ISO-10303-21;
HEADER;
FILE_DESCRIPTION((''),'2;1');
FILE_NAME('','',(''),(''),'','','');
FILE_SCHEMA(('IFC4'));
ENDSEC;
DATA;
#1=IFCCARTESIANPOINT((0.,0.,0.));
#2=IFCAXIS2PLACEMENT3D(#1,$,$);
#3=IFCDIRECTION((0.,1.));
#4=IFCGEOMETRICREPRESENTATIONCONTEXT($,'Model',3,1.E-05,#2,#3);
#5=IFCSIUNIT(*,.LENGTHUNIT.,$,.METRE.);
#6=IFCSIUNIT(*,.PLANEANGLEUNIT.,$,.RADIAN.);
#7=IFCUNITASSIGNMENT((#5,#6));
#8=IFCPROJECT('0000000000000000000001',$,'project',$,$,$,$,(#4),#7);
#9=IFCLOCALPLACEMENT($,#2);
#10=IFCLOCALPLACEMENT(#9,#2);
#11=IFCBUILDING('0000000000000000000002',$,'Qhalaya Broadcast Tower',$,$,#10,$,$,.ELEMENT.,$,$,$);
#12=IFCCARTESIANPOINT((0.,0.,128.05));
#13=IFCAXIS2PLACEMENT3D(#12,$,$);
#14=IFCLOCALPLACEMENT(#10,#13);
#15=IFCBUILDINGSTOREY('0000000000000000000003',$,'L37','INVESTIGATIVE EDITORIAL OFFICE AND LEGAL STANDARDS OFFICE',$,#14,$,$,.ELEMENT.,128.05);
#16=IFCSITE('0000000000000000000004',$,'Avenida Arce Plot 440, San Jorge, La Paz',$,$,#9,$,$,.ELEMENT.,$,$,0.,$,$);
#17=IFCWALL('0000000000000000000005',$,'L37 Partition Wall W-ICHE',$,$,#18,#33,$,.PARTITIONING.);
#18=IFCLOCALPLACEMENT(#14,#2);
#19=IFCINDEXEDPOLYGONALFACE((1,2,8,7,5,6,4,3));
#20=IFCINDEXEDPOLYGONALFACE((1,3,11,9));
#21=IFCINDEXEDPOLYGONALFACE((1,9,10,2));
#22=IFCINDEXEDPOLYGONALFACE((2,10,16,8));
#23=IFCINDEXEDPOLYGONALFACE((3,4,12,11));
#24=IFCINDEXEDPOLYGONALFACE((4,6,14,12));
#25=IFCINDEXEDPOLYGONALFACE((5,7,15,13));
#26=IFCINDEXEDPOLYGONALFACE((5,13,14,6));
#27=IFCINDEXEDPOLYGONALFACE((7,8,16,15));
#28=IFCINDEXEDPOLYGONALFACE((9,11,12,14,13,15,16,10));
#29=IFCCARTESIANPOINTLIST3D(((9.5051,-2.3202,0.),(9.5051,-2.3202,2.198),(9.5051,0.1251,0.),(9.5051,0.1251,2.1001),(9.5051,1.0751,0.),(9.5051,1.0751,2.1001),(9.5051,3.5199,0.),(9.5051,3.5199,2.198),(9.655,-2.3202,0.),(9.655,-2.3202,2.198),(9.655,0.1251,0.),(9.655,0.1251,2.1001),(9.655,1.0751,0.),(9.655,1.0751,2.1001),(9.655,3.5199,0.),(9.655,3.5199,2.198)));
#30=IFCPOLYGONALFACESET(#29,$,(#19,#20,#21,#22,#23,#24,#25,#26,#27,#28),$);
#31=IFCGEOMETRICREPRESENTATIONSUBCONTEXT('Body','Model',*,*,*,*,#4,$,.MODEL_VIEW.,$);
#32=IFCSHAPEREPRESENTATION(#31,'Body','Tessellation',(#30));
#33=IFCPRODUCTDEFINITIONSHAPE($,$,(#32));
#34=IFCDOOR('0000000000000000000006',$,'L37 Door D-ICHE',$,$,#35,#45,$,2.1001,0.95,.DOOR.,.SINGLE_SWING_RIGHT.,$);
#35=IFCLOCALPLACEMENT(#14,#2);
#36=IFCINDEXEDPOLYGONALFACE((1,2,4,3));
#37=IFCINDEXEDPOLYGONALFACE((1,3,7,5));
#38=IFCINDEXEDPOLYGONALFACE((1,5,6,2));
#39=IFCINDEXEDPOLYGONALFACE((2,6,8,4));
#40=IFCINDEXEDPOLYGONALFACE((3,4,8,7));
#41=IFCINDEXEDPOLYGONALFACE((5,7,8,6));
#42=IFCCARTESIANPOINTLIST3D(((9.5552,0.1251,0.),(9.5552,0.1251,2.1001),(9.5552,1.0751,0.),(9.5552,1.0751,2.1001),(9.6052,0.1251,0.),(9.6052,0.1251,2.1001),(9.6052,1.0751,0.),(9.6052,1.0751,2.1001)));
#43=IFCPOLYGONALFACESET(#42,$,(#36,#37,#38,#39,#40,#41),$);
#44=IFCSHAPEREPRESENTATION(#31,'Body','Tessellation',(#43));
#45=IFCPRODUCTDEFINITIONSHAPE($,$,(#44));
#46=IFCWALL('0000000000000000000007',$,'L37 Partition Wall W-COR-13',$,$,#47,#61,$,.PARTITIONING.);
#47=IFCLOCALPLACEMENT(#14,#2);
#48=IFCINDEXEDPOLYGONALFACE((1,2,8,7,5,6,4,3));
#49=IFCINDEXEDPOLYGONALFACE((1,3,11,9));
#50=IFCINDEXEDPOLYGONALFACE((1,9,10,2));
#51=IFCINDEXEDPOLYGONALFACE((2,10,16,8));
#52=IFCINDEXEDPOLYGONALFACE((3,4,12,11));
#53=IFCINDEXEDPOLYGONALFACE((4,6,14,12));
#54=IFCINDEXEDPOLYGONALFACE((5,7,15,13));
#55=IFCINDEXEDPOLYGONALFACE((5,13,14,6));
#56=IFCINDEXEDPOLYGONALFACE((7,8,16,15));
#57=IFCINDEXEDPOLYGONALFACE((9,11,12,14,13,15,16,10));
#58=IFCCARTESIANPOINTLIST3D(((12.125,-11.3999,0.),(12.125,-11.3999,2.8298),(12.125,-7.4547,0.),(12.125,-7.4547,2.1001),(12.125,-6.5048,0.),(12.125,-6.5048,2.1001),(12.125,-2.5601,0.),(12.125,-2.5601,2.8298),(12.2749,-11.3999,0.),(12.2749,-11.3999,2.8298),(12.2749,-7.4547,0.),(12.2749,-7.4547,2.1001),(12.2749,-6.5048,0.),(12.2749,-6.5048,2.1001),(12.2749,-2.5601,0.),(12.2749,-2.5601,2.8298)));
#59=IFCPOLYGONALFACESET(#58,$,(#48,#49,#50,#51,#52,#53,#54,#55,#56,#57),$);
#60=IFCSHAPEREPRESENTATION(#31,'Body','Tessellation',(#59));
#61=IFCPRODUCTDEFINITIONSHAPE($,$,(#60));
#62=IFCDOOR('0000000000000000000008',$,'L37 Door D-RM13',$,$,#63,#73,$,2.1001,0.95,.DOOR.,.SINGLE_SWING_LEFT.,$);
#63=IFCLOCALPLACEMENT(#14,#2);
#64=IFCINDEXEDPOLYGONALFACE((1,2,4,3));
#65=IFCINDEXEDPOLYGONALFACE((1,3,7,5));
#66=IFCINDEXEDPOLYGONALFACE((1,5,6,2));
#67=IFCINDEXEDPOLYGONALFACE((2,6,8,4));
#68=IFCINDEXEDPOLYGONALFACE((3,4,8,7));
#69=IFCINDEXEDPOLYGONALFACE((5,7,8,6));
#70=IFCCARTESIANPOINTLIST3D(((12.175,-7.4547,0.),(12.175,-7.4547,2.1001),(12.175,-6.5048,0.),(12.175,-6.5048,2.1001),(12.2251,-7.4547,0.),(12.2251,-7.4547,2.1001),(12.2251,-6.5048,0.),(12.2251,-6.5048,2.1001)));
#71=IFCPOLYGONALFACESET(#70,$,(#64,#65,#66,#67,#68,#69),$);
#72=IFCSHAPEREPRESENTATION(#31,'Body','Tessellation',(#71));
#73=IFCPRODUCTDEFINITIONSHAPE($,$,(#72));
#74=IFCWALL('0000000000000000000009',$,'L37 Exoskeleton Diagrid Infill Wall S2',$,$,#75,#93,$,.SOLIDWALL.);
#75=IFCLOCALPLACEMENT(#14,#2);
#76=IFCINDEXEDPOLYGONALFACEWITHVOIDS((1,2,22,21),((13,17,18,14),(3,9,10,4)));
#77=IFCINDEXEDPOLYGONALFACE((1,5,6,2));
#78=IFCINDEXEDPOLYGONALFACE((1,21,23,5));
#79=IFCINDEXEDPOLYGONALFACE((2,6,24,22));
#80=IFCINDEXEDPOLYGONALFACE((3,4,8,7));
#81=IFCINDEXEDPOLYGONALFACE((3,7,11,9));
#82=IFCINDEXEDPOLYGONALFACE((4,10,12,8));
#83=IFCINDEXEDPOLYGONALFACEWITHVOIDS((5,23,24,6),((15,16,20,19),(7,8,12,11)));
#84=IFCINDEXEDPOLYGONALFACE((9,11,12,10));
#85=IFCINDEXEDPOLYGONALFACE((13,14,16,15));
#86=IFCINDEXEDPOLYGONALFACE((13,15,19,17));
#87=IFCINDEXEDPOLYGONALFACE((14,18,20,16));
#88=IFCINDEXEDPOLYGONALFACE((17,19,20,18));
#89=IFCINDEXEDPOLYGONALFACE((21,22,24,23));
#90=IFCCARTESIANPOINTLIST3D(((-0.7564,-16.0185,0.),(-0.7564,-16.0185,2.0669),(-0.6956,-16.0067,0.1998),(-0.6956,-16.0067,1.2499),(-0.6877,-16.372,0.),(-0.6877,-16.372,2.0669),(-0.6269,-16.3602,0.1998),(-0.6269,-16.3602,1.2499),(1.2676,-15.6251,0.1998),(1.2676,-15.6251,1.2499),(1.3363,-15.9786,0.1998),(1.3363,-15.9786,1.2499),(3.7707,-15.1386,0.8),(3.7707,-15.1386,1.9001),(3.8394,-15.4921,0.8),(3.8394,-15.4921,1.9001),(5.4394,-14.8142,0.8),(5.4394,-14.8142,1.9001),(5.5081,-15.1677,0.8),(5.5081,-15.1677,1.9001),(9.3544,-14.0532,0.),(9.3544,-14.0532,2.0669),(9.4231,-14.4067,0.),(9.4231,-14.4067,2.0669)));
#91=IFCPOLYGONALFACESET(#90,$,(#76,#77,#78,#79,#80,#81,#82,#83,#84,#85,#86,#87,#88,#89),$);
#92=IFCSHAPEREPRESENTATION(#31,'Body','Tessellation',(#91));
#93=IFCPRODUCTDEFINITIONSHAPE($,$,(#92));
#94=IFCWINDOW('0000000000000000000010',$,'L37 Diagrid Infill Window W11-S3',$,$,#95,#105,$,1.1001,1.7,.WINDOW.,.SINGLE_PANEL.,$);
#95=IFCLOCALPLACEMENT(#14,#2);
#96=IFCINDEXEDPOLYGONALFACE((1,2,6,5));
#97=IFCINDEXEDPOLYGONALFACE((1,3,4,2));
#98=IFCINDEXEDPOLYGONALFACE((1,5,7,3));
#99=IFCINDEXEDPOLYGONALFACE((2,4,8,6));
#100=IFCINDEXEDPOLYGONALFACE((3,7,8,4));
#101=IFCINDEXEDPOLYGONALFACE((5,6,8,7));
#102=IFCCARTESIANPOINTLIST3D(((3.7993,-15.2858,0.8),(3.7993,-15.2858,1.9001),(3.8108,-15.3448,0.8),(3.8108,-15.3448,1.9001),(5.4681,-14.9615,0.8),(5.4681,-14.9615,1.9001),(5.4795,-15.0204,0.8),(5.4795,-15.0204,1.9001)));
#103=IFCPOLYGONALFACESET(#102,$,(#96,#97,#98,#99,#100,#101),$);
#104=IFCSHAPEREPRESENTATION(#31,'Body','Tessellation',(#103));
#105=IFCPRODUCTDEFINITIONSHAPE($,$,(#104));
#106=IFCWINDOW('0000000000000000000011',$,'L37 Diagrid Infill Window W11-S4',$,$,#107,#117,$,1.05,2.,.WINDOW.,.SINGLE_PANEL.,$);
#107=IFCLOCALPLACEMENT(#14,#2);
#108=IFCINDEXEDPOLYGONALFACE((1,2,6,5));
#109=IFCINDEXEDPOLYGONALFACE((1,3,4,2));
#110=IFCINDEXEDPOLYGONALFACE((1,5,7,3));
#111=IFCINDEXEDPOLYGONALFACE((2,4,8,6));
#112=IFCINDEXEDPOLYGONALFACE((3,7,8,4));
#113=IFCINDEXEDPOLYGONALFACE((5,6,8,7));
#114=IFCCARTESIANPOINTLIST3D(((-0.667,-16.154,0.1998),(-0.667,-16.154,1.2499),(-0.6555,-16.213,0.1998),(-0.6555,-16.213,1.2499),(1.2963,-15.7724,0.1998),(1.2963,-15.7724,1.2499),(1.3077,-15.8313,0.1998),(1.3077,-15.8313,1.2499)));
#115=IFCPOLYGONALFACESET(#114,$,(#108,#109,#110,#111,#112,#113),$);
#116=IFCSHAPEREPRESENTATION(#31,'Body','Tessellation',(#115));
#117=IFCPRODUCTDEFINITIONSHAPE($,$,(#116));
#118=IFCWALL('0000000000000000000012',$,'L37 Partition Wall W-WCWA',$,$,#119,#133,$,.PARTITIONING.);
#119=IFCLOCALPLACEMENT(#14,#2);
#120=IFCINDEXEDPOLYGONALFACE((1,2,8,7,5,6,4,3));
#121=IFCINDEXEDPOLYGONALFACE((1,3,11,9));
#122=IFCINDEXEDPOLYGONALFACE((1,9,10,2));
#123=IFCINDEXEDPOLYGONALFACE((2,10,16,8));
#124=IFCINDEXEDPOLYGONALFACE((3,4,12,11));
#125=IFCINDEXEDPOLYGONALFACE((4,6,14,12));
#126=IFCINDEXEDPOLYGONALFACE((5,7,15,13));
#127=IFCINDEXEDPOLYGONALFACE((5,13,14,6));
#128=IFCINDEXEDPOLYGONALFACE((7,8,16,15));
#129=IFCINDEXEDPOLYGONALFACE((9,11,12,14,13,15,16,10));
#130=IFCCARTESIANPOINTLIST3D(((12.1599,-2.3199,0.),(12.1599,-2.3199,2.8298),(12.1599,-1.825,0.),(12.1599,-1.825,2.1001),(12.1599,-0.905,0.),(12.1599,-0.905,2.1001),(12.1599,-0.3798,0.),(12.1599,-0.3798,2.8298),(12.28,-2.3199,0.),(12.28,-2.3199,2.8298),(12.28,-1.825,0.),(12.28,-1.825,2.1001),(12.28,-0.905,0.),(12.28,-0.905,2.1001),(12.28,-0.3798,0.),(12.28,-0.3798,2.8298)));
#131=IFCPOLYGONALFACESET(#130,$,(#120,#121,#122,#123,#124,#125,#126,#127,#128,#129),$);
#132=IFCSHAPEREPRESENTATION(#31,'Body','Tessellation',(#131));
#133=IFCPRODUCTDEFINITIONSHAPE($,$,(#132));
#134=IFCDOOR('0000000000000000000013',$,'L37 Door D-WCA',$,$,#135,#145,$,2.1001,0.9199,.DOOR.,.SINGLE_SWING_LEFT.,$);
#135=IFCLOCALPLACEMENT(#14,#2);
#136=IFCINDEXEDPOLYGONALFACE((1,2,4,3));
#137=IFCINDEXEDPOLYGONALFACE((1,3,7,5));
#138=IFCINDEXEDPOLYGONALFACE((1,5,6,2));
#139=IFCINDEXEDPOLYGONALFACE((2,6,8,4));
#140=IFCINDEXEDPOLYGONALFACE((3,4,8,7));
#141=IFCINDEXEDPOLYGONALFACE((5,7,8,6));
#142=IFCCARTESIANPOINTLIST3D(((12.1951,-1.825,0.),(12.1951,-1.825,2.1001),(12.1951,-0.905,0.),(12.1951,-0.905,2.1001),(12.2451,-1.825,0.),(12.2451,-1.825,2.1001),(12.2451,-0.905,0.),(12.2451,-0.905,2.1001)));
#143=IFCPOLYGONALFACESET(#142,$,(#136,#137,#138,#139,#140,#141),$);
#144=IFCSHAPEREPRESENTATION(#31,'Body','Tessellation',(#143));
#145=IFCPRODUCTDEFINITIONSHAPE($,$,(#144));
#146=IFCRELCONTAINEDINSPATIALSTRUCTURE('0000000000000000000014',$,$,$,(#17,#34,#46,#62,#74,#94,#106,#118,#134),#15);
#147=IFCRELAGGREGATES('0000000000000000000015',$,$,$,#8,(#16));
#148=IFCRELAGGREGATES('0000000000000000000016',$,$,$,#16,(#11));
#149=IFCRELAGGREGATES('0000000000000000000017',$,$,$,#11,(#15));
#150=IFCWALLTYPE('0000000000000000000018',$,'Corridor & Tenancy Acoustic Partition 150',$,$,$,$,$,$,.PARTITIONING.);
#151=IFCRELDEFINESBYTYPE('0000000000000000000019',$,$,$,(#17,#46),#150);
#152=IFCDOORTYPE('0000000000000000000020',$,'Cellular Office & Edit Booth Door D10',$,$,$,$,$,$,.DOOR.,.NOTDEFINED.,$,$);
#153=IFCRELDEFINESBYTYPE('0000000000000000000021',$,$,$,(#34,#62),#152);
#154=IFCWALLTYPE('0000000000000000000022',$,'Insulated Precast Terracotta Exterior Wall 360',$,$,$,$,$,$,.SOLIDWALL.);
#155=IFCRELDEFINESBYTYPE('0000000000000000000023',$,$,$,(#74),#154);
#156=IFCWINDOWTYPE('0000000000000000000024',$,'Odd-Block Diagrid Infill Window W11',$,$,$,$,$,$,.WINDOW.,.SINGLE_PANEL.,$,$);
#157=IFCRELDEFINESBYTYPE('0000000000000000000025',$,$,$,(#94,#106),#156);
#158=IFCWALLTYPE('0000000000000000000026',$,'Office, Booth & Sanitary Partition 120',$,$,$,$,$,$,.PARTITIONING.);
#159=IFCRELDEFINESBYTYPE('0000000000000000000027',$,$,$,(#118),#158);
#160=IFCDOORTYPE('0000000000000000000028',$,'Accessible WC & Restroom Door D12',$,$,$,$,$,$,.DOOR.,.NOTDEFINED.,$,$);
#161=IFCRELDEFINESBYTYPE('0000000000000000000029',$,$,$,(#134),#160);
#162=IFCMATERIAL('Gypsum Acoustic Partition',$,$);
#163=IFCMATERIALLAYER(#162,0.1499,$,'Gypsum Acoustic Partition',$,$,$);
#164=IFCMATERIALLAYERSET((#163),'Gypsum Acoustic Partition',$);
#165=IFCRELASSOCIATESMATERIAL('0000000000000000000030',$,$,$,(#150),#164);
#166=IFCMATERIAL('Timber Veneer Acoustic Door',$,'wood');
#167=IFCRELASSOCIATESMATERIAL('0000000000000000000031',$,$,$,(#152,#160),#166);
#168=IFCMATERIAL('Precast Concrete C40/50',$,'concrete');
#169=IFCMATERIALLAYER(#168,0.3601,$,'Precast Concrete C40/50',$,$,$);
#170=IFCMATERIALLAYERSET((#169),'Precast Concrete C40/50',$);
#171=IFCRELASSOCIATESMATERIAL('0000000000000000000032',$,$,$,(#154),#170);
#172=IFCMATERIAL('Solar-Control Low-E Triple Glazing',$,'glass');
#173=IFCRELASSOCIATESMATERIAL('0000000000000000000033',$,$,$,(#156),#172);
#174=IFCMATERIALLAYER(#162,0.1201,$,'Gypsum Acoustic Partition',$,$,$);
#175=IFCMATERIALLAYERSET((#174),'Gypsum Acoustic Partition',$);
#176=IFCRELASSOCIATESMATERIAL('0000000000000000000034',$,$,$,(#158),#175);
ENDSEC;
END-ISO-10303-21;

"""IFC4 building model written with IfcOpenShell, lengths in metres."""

from ifc_helpers import new_model, si_unit, direction, frame, frame_2d, origin, place, context, subcontext, project, spatial, rectangle, extrude, material, layer, layer_set, type_object, element, fill, save


model = new_model("IFC4")

# Units and contexts
model_context = context("Model", 3, precision=1e-05, world=origin(), true_north=direction((0.0, 1.0)))
body_context = subcontext(model_context, "Body", "Model", "MODEL_VIEW")
ifc_project = project(units=[si_unit("LENGTHUNIT", "METRE"), si_unit("PLANEANGLEUNIT", "RADIAN")], contexts=[model_context])

# Site, building, storey
site_placement = place(None, origin())
site = spatial("IfcSite", under=ifc_project, at=site_placement, Name="Avenida Arce Plot 440, San Jorge, La Paz", CompositionType="ELEMENT", RefElevation=0.0)
building_placement = place(site_placement, origin())
building = spatial("IfcBuilding", under=site, at=building_placement, Name="Qhalaya Broadcast Tower", CompositionType="ELEMENT")
storey_placement = place(building_placement, frame((0.0, 0.0, 128.05)))
storey = spatial("IfcBuildingStorey", under=building, at=storey_placement, Name="L37", Description="INVESTIGATIVE EDITORIAL OFFICE AND LEGAL STANDARDS OFFICE", CompositionType="ELEMENT", Elevation=128.05)

# Walls, openings, doors
ifc_material_1 = material(Name="Gypsum Acoustic Partition")
ifc_layer_1 = layer(ifc_material_1, 0.1499, Name="Gypsum Acoustic Partition")
ifc_layer_set_1 = layer_set([ifc_layer_1], Name="Gypsum Acoustic Partition")
wall_type_1 = type_object("IfcWallType", Name="Corridor & Tenancy Acoustic Partition 150", PredefinedType="PARTITIONING", material=ifc_layer_set_1)
wall_1_placement = place(storey_placement, frame((9.5801, -2.3201, 0.0), z_axis=(0.0, 0.0, 1.0), x_axis=(0.0, 1.0, 0.0)))
wall_1 = element("IfcWall", 1, at=wall_1_placement, inside=storey, type_object=wall_type_1, Name="L37 Partition Wall W-ICHE", PredefinedType="PARTITIONING", context=body_context, shape_type="SweptSolid", body=[
    extrude(rectangle(XDim=5.8401, YDim=0.1499, at=frame_2d((2.9199, 0.0))), origin(), (0.0, 0.0, 1.0), 2.198),
])
opening_1_placement = place(wall_1_placement, frame((2.4451, 0.0, 0.0)))
opening_1 = element("IfcOpeningElement", 2, at=opening_1_placement, cuts=wall_1, PredefinedType="OPENING", context=body_context, shape_type="SweptSolid", body=[
    extrude(rectangle(XDim=0.95, YDim=2.1001, at=frame_2d((0.4751, 1.05))), frame((0.0, 0.0869, 0.0), z_axis=(0.0, -1.0, 0.0), x_axis=(1.0, 0.0, 0.0)), (0.0, 0.0, 1.0), 0.1738),
])
ifc_material_2 = material(Name="Timber Veneer Acoustic Door", Category="wood")
door_type_1 = type_object("IfcDoorType", Name="Cellular Office & Edit Booth Door D10", OperationType="NOTDEFINED", PredefinedType="DOOR", material=ifc_material_2)
door_1_placement = place(opening_1_placement, origin())
door_1 = element("IfcDoor", 3, at=door_1_placement, inside=storey, type_object=door_type_1, Name="L37 Door D-ICHE", OperationType="SINGLE_SWING_RIGHT", OverallHeight=2.1001, OverallWidth=0.95, PredefinedType="DOOR", context=body_context, shape_type="SweptSolid", body=[
    extrude(rectangle(XDim=0.95, YDim=2.1001, at=frame_2d((0.4751, 1.05))), frame((0.0, 0.0249, 0.0), z_axis=(0.0, -1.0, 0.0), x_axis=(1.0, 0.0, 0.0)), (0.0, 0.0, 1.0), 0.05),
])
fill(opening_1, door_1)
wall_2_placement = place(storey_placement, frame((12.2, -11.3999, 0.0), z_axis=(0.0, 0.0, 1.0), x_axis=(0.0, 1.0, 0.0)))
wall_2 = element("IfcWall", 4, at=wall_2_placement, inside=storey, type_object=wall_type_1, Name="L37 Partition Wall W-COR-13", PredefinedType="PARTITIONING", context=body_context, shape_type="SweptSolid", body=[
    extrude(rectangle(XDim=8.8398, YDim=0.1499, at=frame_2d((4.4199, 0.0))), origin(), (0.0, 0.0, 1.0), 2.8298),
])
opening_2_placement = place(wall_2_placement, frame((3.9451, 0.0, 0.0)))
opening_2 = element("IfcOpeningElement", 5, at=opening_2_placement, cuts=wall_2, PredefinedType="OPENING", context=body_context, shape_type="SweptSolid", body=[
    extrude(rectangle(XDim=0.95, YDim=2.1001, at=frame_2d((0.4751, 1.05))), frame((0.0, 0.0869, 0.0), z_axis=(0.0, -1.0, 0.0), x_axis=(1.0, 0.0, 0.0)), (0.0, 0.0, 1.0), 0.1738),
])
door_2_placement = place(opening_2_placement, origin())
door_2 = element("IfcDoor", 6, at=door_2_placement, inside=storey, type_object=door_type_1, Name="L37 Door D-RM13", OperationType="SINGLE_SWING_LEFT", OverallHeight=2.1001, OverallWidth=0.95, PredefinedType="DOOR", context=body_context, shape_type="SweptSolid", body=[
    extrude(rectangle(XDim=0.95, YDim=2.1001, at=frame_2d((0.4751, 1.05))), frame((0.0, 0.0249, 0.0), z_axis=(0.0, -1.0, 0.0), x_axis=(1.0, 0.0, 0.0)), (0.0, 0.0, 1.0), 0.05),
])
fill(opening_2, door_2)

# Wall, openings, windows
ifc_material_3 = material(Name="Precast Concrete C40/50", Category="concrete")
ifc_layer_2 = layer(ifc_material_3, 0.3601, Name="Precast Concrete C40/50")
ifc_layer_set_2 = layer_set([ifc_layer_2], Name="Precast Concrete C40/50")
wall_type_2 = type_object("IfcWallType", Name="Insulated Precast Terracotta Exterior Wall 360", PredefinedType="SOLIDWALL", material=ifc_layer_set_2)
wall_3_placement = place(storey_placement, frame((9.3887, -14.23, 0.0), z_axis=(0.0, 0.0, 1.0), x_axis=(-0.981627, -0.190807, 0.0)))
wall_3 = element("IfcWall", 7, at=wall_3_placement, inside=storey, type_object=wall_type_2, Name="L37 Exoskeleton Diagrid Infill Wall S2", PredefinedType="SOLIDWALL", context=body_context, shape_type="SweptSolid", body=[
    extrude(rectangle(XDim=10.3, YDim=0.3601, at=frame_2d((5.1499, 0.0))), origin(), (0.0, 0.0, 1.0), 2.0669),
])
opening_3_placement = place(wall_3_placement, frame((3.988, 0.0, 0.8)))
opening_3 = element("IfcOpeningElement", 8, at=opening_3_placement, cuts=wall_3, PredefinedType="OPENING", context=body_context, shape_type="SweptSolid", body=[
    extrude(rectangle(XDim=1.7, YDim=1.1001, at=frame_2d((0.8501, 0.55))), frame((0.0, 0.1921, 0.0), z_axis=(0.0, -1.0, 0.0), x_axis=(1.0, 0.0, 0.0)), (0.0, 0.0, 1.0), 0.384),
])
opening_4_placement = place(wall_3_placement, frame((8.238, 0.0, 0.2)))
opening_4 = element("IfcOpeningElement", 9, at=opening_4_placement, cuts=wall_3, PredefinedType="OPENING", context=body_context, shape_type="SweptSolid", body=[
    extrude(rectangle(XDim=2.0, YDim=1.05, at=frame_2d((1.0, 0.5249))), frame((0.0, 0.1921, 0.0), z_axis=(0.0, -1.0, 0.0), x_axis=(1.0, 0.0, 0.0)), (0.0, 0.0, 1.0), 0.384),
])
ifc_material_4 = material(Name="Solar-Control Low-E Triple Glazing", Category="glass")
window_type = type_object("IfcWindowType", Name="Odd-Block Diagrid Infill Window W11", PartitioningType="SINGLE_PANEL", PredefinedType="WINDOW", material=ifc_material_4)
window_1_placement = place(opening_3_placement, origin())
window_1 = element("IfcWindow", 10, at=window_1_placement, inside=storey, type_object=window_type, Name="L37 Diagrid Infill Window W11-S3", OverallHeight=1.1001, OverallWidth=1.7, PartitioningType="SINGLE_PANEL", PredefinedType="WINDOW", context=body_context, shape_type="SweptSolid", body=[
    extrude(rectangle(XDim=1.7, YDim=1.1001, at=frame_2d((0.8501, 0.55))), frame((0.0, 0.03, 0.0), z_axis=(0.0, -1.0, 0.0), x_axis=(1.0, 0.0, 0.0)), (0.0, 0.0, 1.0), 0.0601),
])
fill(opening_3, window_1)
window_2_placement = place(opening_4_placement, origin())
window_2 = element("IfcWindow", 11, at=window_2_placement, inside=storey, type_object=window_type, Name="L37 Diagrid Infill Window W11-S4", OverallHeight=1.05, OverallWidth=2.0, PartitioningType="SINGLE_PANEL", PredefinedType="WINDOW", context=body_context, shape_type="SweptSolid", body=[
    extrude(rectangle(XDim=2.0, YDim=1.05, at=frame_2d((1.0, 0.5249))), frame((0.0, 0.03, 0.0), z_axis=(0.0, -1.0, 0.0), x_axis=(1.0, 0.0, 0.0)), (0.0, 0.0, 1.0), 0.0601),
])
fill(opening_4, window_2)

# Wall, opening, door
ifc_layer_3 = layer(ifc_material_1, 0.1201, Name="Gypsum Acoustic Partition")
ifc_layer_set_3 = layer_set([ifc_layer_3], Name="Gypsum Acoustic Partition")
wall_type_3 = type_object("IfcWallType", Name="Office, Booth & Sanitary Partition 120", PredefinedType="PARTITIONING", material=ifc_layer_set_3)
wall_4_placement = place(storey_placement, frame((12.22, -2.3201, 0.0), z_axis=(0.0, 0.0, 1.0), x_axis=(0.0, 1.0, 0.0)))
wall_4 = element("IfcWall", 12, at=wall_4_placement, inside=storey, type_object=wall_type_3, Name="L37 Partition Wall W-WCWA", PredefinedType="PARTITIONING", context=body_context, shape_type="SweptSolid", body=[
    extrude(rectangle(XDim=1.9402, YDim=0.1201, at=frame_2d((0.9702, 0.0))), origin(), (0.0, 0.0, 1.0), 2.8298),
])
opening_5_placement = place(wall_4_placement, frame((0.4951, 0.0, 0.0)))
opening_5 = element("IfcOpeningElement", 13, at=opening_5_placement, cuts=wall_4, PredefinedType="OPENING", context=body_context, shape_type="SweptSolid", body=[
    extrude(rectangle(XDim=0.9199, YDim=2.1001, at=frame_2d((0.46, 1.05))), frame((0.0, 0.072, 0.0), z_axis=(0.0, -1.0, 0.0), x_axis=(1.0, 0.0, 0.0)), (0.0, 0.0, 1.0), 0.144),
])
door_type_2 = type_object("IfcDoorType", Name="Accessible WC & Restroom Door D12", OperationType="NOTDEFINED", PredefinedType="DOOR", material=ifc_material_2)
door_3_placement = place(opening_5_placement, origin())
door_3 = element("IfcDoor", 14, at=door_3_placement, inside=storey, type_object=door_type_2, Name="L37 Door D-WCA", OperationType="SINGLE_SWING_LEFT", OverallHeight=2.1001, OverallWidth=0.9199, PredefinedType="DOOR", context=body_context, shape_type="SweptSolid", body=[
    extrude(rectangle(XDim=0.9199, YDim=2.1001, at=frame_2d((0.46, 1.05))), frame((0.0, 0.0249, 0.0), z_axis=(0.0, -1.0, 0.0), x_axis=(1.0, 0.0, 0.0)), (0.0, 0.0, 1.0), 0.05),
])
fill(opening_5, door_3)

save(model, "model.ifc")
